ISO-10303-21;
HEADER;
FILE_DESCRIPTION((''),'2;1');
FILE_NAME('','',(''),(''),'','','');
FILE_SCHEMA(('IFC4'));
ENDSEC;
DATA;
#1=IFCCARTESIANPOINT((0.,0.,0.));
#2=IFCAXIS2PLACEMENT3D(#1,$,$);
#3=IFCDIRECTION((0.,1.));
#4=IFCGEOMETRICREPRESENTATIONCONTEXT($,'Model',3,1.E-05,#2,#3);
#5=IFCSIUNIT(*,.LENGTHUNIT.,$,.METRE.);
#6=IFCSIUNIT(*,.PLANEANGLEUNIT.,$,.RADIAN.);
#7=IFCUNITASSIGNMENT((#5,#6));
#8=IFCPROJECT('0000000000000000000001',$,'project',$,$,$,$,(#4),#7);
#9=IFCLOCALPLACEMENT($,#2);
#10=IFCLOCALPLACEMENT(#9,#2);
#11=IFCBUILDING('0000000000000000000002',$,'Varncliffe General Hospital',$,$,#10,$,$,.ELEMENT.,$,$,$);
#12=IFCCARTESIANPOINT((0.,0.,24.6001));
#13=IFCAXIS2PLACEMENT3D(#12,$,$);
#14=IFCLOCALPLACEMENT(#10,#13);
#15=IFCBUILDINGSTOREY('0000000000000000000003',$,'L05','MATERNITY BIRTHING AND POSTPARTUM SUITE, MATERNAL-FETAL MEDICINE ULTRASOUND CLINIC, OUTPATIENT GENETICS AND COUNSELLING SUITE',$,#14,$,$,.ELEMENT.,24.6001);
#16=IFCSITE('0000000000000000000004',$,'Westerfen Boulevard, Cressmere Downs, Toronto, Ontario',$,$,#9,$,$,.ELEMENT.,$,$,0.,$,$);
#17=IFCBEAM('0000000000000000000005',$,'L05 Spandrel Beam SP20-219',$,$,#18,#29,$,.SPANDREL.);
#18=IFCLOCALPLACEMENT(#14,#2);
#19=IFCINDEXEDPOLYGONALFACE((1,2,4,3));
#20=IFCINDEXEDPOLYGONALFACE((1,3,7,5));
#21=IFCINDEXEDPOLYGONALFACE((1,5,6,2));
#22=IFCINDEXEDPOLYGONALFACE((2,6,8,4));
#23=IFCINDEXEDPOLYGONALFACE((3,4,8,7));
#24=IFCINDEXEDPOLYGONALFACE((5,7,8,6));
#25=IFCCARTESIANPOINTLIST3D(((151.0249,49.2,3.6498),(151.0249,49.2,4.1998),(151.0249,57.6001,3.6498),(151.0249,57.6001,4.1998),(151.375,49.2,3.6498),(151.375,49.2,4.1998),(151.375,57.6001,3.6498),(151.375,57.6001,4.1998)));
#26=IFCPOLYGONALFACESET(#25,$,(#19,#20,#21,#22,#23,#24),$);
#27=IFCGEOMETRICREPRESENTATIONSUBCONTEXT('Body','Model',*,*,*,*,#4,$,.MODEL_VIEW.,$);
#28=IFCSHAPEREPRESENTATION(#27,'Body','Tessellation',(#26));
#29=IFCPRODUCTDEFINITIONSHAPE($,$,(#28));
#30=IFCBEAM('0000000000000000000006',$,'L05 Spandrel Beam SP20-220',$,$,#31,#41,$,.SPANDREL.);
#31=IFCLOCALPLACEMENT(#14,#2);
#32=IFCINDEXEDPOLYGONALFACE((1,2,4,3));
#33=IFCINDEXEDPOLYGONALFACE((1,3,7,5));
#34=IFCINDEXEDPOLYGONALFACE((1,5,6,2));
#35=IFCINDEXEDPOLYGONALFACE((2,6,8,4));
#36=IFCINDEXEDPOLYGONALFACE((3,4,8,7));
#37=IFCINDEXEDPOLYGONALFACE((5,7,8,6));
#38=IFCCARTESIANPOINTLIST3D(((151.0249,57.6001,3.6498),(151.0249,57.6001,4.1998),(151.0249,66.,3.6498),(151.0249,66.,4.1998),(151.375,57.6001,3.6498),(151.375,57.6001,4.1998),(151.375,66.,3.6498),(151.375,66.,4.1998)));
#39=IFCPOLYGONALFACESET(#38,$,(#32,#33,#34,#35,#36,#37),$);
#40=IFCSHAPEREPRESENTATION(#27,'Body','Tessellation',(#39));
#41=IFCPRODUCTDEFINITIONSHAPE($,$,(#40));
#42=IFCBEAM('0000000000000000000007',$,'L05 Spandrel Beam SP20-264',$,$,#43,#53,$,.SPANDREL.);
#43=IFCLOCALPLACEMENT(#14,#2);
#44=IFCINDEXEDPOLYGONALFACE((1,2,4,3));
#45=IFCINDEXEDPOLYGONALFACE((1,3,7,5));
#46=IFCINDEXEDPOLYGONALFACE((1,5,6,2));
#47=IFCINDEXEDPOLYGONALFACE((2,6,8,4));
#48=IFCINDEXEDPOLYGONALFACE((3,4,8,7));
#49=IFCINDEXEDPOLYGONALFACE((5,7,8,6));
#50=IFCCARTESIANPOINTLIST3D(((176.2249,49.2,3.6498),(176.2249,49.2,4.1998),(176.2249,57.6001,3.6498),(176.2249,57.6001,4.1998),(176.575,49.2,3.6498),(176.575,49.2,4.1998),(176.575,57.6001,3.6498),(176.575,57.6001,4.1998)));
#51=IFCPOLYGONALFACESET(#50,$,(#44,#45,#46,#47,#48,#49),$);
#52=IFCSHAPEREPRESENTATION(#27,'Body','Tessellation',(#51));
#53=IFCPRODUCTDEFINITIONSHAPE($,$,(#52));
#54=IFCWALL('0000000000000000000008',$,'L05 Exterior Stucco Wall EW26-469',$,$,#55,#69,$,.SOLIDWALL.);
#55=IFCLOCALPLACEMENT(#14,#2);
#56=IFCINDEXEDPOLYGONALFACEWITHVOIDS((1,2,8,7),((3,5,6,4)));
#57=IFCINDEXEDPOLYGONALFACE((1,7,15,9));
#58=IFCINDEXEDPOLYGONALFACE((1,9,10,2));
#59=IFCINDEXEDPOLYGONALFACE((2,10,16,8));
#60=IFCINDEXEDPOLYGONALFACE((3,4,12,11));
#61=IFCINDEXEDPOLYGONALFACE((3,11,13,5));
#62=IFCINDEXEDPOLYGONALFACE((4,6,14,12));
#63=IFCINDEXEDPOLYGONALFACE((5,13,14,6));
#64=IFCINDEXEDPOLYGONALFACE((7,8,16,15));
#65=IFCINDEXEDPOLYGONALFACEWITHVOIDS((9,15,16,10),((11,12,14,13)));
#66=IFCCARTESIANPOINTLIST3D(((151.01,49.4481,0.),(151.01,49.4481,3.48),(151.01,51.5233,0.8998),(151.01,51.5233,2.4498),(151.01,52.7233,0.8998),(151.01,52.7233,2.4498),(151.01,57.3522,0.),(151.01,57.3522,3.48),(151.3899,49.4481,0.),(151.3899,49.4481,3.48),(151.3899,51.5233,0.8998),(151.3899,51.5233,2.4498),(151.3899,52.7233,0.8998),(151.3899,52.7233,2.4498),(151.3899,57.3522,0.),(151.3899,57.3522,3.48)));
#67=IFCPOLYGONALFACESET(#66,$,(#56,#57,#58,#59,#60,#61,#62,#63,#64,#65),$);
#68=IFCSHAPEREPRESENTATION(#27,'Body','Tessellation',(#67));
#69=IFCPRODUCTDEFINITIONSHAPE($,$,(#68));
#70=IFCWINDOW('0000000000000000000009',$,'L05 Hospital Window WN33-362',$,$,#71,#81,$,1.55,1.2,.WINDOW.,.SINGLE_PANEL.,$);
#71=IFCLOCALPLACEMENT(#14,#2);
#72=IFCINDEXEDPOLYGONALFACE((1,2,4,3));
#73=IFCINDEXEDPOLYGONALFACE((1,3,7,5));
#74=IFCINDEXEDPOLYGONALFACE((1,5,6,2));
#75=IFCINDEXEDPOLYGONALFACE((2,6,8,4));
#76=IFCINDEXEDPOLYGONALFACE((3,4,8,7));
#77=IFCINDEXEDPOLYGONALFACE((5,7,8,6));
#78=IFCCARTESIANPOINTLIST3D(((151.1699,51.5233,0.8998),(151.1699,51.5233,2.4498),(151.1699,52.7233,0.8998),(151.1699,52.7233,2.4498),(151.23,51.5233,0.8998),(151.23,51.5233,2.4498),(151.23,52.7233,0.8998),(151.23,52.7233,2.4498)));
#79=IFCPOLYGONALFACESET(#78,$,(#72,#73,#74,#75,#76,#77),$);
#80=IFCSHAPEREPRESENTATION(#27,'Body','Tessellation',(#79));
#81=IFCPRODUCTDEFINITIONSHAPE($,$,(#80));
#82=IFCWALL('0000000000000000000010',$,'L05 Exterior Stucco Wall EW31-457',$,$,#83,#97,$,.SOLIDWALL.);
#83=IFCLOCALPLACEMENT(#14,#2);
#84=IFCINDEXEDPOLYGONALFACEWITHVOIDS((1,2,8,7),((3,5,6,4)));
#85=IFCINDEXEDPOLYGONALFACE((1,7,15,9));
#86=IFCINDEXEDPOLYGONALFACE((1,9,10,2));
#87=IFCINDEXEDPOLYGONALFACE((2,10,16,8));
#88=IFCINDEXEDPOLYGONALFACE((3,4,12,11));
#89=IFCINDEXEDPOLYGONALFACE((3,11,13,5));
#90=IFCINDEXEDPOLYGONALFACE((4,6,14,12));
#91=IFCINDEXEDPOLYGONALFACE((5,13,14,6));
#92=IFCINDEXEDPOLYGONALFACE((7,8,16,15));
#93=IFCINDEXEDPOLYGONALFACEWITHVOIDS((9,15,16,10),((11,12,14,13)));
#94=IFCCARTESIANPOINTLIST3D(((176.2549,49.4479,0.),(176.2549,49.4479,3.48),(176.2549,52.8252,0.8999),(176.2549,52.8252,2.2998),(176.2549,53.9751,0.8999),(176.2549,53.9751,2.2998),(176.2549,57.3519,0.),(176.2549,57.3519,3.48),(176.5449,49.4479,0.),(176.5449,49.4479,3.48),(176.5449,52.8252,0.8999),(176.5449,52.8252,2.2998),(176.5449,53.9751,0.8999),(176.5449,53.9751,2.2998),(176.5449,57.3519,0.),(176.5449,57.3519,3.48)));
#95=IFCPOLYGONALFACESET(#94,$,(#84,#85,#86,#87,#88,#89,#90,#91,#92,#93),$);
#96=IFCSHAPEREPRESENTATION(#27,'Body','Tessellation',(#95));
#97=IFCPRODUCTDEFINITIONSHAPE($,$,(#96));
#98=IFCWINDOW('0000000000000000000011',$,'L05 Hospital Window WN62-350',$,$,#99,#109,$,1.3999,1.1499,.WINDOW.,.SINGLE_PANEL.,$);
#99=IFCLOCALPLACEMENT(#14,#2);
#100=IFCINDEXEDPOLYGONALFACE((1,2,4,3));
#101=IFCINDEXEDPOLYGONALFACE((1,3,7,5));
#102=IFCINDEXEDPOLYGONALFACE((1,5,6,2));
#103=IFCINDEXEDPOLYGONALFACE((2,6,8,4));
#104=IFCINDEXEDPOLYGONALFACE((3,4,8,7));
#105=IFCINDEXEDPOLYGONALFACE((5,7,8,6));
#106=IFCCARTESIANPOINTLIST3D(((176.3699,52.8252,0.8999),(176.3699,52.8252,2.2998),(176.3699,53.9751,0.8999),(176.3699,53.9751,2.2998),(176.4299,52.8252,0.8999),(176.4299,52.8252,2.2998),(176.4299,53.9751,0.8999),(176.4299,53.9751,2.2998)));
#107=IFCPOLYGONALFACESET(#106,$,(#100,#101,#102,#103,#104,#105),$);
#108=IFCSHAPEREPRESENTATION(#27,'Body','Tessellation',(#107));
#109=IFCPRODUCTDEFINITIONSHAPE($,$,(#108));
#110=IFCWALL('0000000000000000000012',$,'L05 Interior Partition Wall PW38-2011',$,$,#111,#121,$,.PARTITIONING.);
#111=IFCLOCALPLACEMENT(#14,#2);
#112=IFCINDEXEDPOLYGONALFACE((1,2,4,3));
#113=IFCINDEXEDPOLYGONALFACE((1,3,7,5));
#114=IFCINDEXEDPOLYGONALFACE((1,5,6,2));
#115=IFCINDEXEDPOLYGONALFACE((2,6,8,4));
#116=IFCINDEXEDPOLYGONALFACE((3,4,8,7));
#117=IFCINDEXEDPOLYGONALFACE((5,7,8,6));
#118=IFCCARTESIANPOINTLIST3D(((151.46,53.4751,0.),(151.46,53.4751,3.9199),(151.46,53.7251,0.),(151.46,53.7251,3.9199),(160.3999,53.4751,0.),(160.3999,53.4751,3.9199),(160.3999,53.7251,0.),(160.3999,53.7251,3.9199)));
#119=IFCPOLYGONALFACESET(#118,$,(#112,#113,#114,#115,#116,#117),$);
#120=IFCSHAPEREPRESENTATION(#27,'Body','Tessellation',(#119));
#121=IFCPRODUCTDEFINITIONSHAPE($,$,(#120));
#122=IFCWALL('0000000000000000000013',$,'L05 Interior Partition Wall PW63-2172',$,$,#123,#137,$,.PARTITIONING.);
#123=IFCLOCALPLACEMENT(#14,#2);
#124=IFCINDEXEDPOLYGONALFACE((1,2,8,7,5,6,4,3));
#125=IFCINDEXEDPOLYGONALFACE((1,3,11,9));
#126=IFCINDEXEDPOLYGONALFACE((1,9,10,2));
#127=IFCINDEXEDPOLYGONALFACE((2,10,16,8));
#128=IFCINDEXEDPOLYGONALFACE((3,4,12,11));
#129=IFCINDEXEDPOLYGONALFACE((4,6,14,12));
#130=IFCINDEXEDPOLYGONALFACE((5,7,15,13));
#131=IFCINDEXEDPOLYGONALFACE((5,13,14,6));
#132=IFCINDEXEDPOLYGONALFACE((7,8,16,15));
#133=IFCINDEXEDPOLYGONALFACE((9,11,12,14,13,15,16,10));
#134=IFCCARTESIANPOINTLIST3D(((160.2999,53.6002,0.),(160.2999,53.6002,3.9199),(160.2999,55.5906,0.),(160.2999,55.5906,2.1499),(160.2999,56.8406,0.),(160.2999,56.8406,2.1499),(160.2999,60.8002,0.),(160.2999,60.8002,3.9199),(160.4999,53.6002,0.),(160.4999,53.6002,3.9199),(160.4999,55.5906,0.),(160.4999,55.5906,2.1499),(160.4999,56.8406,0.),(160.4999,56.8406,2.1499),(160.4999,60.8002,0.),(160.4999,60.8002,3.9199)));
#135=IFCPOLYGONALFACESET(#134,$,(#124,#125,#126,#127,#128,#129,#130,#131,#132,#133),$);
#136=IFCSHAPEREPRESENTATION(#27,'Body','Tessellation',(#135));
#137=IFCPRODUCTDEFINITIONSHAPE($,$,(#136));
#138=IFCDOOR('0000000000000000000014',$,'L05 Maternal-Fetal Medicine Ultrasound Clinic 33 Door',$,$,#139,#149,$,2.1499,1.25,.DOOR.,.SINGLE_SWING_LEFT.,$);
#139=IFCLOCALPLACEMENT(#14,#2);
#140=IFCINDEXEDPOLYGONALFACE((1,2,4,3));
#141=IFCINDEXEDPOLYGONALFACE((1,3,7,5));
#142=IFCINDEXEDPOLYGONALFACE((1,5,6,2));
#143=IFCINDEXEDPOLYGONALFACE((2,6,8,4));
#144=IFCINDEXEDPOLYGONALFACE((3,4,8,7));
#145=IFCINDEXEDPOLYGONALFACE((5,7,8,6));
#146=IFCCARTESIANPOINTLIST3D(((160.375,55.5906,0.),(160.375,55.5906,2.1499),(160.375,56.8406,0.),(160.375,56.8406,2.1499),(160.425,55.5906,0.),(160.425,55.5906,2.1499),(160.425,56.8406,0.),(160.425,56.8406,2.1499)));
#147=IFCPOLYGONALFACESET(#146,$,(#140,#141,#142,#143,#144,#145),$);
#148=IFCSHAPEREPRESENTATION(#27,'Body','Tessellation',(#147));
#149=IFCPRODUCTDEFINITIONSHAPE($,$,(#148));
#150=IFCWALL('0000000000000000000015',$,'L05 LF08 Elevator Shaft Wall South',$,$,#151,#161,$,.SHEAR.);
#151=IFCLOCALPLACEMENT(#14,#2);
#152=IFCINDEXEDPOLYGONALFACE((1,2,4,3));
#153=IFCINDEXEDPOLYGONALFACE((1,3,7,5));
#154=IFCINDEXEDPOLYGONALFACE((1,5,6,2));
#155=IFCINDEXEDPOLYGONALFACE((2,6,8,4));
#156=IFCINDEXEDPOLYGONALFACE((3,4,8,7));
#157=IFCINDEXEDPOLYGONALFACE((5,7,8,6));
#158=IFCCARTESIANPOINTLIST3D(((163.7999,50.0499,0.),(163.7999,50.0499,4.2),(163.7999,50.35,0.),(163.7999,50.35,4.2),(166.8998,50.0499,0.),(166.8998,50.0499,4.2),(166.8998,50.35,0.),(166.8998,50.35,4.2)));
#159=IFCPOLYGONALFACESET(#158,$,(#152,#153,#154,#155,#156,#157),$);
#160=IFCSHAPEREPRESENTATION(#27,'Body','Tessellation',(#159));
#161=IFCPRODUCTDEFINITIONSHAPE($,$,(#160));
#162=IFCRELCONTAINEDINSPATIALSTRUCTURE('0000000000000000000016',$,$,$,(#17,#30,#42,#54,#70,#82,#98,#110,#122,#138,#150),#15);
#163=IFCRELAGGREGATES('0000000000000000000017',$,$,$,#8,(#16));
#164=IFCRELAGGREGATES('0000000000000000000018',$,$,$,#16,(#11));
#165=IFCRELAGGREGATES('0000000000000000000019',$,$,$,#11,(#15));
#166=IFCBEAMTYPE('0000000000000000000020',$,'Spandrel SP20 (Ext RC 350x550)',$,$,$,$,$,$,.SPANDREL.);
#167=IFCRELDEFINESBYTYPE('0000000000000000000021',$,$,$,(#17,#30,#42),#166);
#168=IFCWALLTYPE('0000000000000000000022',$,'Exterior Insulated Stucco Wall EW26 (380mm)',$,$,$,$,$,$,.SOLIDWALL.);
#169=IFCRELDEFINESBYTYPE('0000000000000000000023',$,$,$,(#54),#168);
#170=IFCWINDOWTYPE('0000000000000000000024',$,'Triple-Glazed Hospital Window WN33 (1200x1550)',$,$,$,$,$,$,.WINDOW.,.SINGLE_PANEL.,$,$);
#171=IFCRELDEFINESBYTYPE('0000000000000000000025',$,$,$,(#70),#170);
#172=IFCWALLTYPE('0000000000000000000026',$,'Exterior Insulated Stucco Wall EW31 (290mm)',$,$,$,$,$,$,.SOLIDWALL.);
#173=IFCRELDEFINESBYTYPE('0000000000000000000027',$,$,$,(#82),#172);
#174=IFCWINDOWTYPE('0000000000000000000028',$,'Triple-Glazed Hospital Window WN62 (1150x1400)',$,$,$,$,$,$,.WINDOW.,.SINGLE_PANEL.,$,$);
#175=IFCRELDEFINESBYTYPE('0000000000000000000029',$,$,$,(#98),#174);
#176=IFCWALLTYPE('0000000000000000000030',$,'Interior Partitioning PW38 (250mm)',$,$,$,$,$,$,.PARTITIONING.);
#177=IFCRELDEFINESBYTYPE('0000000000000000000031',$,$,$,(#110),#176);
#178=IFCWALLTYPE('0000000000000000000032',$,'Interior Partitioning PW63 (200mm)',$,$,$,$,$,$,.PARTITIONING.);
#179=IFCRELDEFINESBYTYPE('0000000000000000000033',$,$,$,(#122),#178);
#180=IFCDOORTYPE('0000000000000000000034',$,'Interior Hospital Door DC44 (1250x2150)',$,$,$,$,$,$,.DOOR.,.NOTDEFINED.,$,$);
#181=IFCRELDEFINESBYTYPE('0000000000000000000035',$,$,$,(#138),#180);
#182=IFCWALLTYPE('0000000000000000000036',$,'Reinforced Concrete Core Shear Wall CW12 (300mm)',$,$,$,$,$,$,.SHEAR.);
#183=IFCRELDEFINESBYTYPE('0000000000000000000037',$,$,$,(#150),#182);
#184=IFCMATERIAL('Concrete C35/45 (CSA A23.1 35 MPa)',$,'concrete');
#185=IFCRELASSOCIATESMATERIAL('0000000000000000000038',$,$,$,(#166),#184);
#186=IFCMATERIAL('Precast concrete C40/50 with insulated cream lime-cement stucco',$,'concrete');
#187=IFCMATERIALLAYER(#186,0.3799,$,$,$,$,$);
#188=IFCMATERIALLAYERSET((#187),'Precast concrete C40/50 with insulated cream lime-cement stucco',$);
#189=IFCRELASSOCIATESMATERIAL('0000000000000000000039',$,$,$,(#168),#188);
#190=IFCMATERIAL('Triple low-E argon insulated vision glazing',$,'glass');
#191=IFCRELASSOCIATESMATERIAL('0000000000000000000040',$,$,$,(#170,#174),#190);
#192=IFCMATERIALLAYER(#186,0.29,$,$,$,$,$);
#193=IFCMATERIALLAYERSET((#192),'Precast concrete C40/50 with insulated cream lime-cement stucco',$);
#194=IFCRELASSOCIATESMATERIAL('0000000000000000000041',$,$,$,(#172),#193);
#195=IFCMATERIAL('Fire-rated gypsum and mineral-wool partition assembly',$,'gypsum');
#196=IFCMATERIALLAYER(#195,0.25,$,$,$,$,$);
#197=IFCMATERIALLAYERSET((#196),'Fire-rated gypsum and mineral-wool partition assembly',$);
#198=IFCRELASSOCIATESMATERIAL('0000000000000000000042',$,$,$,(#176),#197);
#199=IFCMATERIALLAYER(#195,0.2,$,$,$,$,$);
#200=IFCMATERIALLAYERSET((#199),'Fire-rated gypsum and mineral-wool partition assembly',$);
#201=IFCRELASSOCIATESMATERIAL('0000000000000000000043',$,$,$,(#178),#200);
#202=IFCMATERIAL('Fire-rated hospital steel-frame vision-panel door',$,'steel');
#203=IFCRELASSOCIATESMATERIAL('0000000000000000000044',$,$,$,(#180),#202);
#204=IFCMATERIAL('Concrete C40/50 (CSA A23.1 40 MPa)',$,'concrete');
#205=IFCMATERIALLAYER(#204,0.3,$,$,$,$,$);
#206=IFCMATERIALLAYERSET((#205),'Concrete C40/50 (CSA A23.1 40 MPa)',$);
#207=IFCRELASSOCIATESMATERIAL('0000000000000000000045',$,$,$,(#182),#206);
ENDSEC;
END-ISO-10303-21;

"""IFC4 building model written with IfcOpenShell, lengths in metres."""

from ifc_helpers import new_model, si_unit, direction, frame, frame_2d, origin, origin_2d, place, context, subcontext, project, spatial, rectangle, extrude, material, layer, layer_set, material_profile, profile_set, type_object, element, fill, save


model = new_model("IFC4")

# Units and contexts
model_context = context("Model", 3, precision=1e-05, world=origin(), true_north=direction((0.0, 1.0)))
body_context = subcontext(model_context, "Body", "Model", "MODEL_VIEW")
ifc_project = project(units=[si_unit("LENGTHUNIT", "METRE"), si_unit("PLANEANGLEUNIT", "RADIAN")], contexts=[model_context])

# Site, building, storey
site_placement = place(None, origin())
site = spatial("IfcSite", under=ifc_project, at=site_placement, Name="Westerfen Boulevard, Cressmere Downs, Toronto, Ontario", CompositionType="ELEMENT", RefElevation=0.0)
building_placement = place(site_placement, origin())
building = spatial("IfcBuilding", under=site, at=building_placement, Name="Varncliffe General Hospital", CompositionType="ELEMENT")
storey_placement = place(building_placement, frame((0.0, 0.0, 24.6001)))
storey = spatial("IfcBuildingStorey", under=building, at=storey_placement, Name="L05", Description="MATERNITY BIRTHING AND POSTPARTUM SUITE, MATERNAL-FETAL MEDICINE ULTRASOUND CLINIC, OUTPATIENT GENETICS AND COUNSELLING SUITE", CompositionType="ELEMENT", Elevation=24.6001)

# Shared definitions
ifc_material_1 = material(Name="Concrete C40/50 (CSA A23.1 40 MPa)", Category="concrete")

# Beams
ifc_material_2 = material(Name="Concrete C35/45 (CSA A23.1 35 MPa)", Category="concrete")
ifc_material_profile_1 = material_profile(ifc_material_2, rectangle(XDim=0.3501, YDim=0.55, at=origin_2d()), Name="RC 350x550")
ifc_profile_set_1 = profile_set([ifc_material_profile_1], Name="Concrete C35/45 (CSA A23.1 35 MPa)")
beam_type_1 = type_object("IfcBeamType", Name="Spandrel SP20 (Ext RC 350x550)", PredefinedType="SPANDREL", material=ifc_profile_set_1)
beam_1_placement = place(storey_placement, frame((151.2, 49.2, 3.9248), z_axis=(0.0, 1.0, 0.0), x_axis=(-1.0, 0.0, 0.0)))
element("IfcBeam", 1, at=beam_1_placement, inside=storey, type_object=beam_type_1, Name="L05 Spandrel Beam SP20-219", PredefinedType="SPANDREL", context=body_context, shape_type="SweptSolid", body=[
    extrude(rectangle(XDim=0.3501, YDim=0.55, at=origin_2d()), origin(), (0.0, 0.0, 1.0), 8.4001),
])
beam_2_placement = place(storey_placement, frame((151.2, 57.6001, 3.9248), z_axis=(0.0, 1.0, 0.0), x_axis=(-1.0, 0.0, 0.0)))
element("IfcBeam", 2, at=beam_2_placement, inside=storey, type_object=beam_type_1, Name="L05 Spandrel Beam SP20-220", PredefinedType="SPANDREL", context=body_context, shape_type="SweptSolid", body=[
    extrude(rectangle(XDim=0.3501, YDim=0.55, at=origin_2d()), origin(), (0.0, 0.0, 1.0), 8.3999),
])
beam_3_placement = place(storey_placement, frame((176.3999, 49.2, 3.9248), z_axis=(0.0, 1.0, 0.0), x_axis=(-1.0, 0.0, 0.0)))
element("IfcBeam", 3, at=beam_3_placement, inside=storey, type_object=beam_type_1, Name="L05 Spandrel Beam SP20-264", PredefinedType="SPANDREL", context=body_context, shape_type="SweptSolid", body=[
    extrude(rectangle(XDim=0.3501, YDim=0.55, at=origin_2d()), origin(), (0.0, 0.0, 1.0), 8.4001),
])

# Walls, openings, windows
ifc_material_3 = material(Name="Precast concrete C40/50 with insulated cream lime-cement stucco", Category="concrete")
ifc_layer_1 = layer(ifc_material_3, 0.3799)
ifc_layer_set_1 = layer_set([ifc_layer_1], Name="Precast concrete C40/50 with insulated cream lime-cement stucco")
wall_type_1 = type_object("IfcWallType", Name="Exterior Insulated Stucco Wall EW26 (380mm)", PredefinedType="SOLIDWALL", material=ifc_layer_set_1)
wall_1_placement = place(storey_placement, frame((151.2, 49.448, 0.0), z_axis=(0.0, 0.0, 1.0), x_axis=(0.0, 1.0, 0.0)))
wall_1 = element("IfcWall", 4, at=wall_1_placement, inside=storey, type_object=wall_type_1, Name="L05 Exterior Stucco Wall EW26-469", PredefinedType="SOLIDWALL", context=body_context, shape_type="SweptSolid", body=[
    extrude(rectangle(XDim=7.9041, YDim=0.3799, at=frame_2d((3.9521, 0.0))), origin(), (0.0, 0.0, 1.0), 3.48),
])
opening_1_placement = place(wall_1_placement, frame((2.0752, 0.0, 0.8999)))
opening_1 = element("IfcOpeningElement", 5, at=opening_1_placement, cuts=wall_1, PredefinedType="OPENING", context=body_context, shape_type="SweptSolid", body=[
    extrude(rectangle(XDim=1.2, YDim=1.55, at=frame_2d((0.6001, 0.7749))), frame((0.0, 0.2, 0.0), z_axis=(0.0, -1.0, 0.0), x_axis=(1.0, 0.0, 0.0)), (0.0, 0.0, 1.0), 0.3999),
])
ifc_material_4 = material(Name="Triple low-E argon insulated vision glazing", Category="glass")
window_type_1 = type_object("IfcWindowType", Name="Triple-Glazed Hospital Window WN33 (1200x1550)", PartitioningType="SINGLE_PANEL", PredefinedType="WINDOW", material=ifc_material_4)
window_1_placement = place(opening_1_placement, origin())
window_1 = element("IfcWindow", 6, at=window_1_placement, inside=storey, type_object=window_type_1, Name="L05 Hospital Window WN33-362", OverallHeight=1.55, OverallWidth=1.2, PartitioningType="SINGLE_PANEL", PredefinedType="WINDOW", context=body_context, shape_type="SweptSolid", body=[
    extrude(rectangle(XDim=1.2, YDim=1.55, at=frame_2d((0.6001, 0.7749))), frame((0.0, 0.03, 0.0), z_axis=(0.0, -1.0, 0.0), x_axis=(1.0, 0.0, 0.0)), (0.0, 0.0, 1.0), 0.0601),
])
fill(opening_1, window_1)
ifc_layer_2 = layer(ifc_material_3, 0.29)
ifc_layer_set_2 = layer_set([ifc_layer_2], Name="Precast concrete C40/50 with insulated cream lime-cement stucco")
wall_type_2 = type_object("IfcWallType", Name="Exterior Insulated Stucco Wall EW31 (290mm)", PredefinedType="SOLIDWALL", material=ifc_layer_set_2)
wall_2_placement = place(storey_placement, frame((176.3999, 57.3521, 0.0), z_axis=(0.0, 0.0, 1.0), x_axis=(0.0, -1.0, 0.0)))
wall_2 = element("IfcWall", 7, at=wall_2_placement, inside=storey, type_object=wall_type_2, Name="L05 Exterior Stucco Wall EW31-457", PredefinedType="SOLIDWALL", context=body_context, shape_type="SweptSolid", body=[
    extrude(rectangle(XDim=7.9041, YDim=0.29, at=frame_2d((3.9521, 0.0))), origin(), (0.0, 0.0, 1.0), 3.48),
])
opening_2_placement = place(wall_2_placement, frame((3.377, 0.0, 0.8999)))
opening_2 = element("IfcOpeningElement", 8, at=opening_2_placement, cuts=wall_2, PredefinedType="OPENING", context=body_context, shape_type="SweptSolid", body=[
    extrude(rectangle(XDim=1.1499, YDim=1.3999, at=frame_2d((0.575, 0.7))), frame((0.0, 0.155, 0.0), z_axis=(0.0, -1.0, 0.0), x_axis=(1.0, 0.0, 0.0)), (0.0, 0.0, 1.0), 0.3101),
])
window_type_2 = type_object("IfcWindowType", Name="Triple-Glazed Hospital Window WN62 (1150x1400)", PartitioningType="SINGLE_PANEL", PredefinedType="WINDOW", material=ifc_material_4)
window_2_placement = place(opening_2_placement, origin())
window_2 = element("IfcWindow", 9, at=window_2_placement, inside=storey, type_object=window_type_2, Name="L05 Hospital Window WN62-350", OverallHeight=1.3999, OverallWidth=1.1499, PartitioningType="SINGLE_PANEL", PredefinedType="WINDOW", context=body_context, shape_type="SweptSolid", body=[
    extrude(rectangle(XDim=1.1499, YDim=1.3999, at=frame_2d((0.575, 0.7))), frame((0.0, 0.03, 0.0), z_axis=(0.0, -1.0, 0.0), x_axis=(1.0, 0.0, 0.0)), (0.0, 0.0, 1.0), 0.0601),
])
fill(opening_2, window_2)

# Wall
ifc_material_5 = material(Name="Fire-rated gypsum and mineral-wool partition assembly", Category="gypsum")
ifc_layer_3 = layer(ifc_material_5, 0.25)
ifc_layer_set_3 = layer_set([ifc_layer_3], Name="Fire-rated gypsum and mineral-wool partition assembly")
wall_type_3 = type_object("IfcWallType", Name="Interior Partitioning PW38 (250mm)", PredefinedType="PARTITIONING", material=ifc_layer_set_3)
wall_3_placement = place(storey_placement, frame((151.46, 53.6001, 0.0), z_axis=(0.0, 0.0, 1.0), x_axis=(1.0, 0.0, 0.0)))
element("IfcWall", 10, at=wall_3_placement, inside=storey, type_object=wall_type_3, Name="L05 Interior Partition Wall PW38-2011", PredefinedType="PARTITIONING", context=body_context, shape_type="SweptSolid", body=[
    extrude(rectangle(XDim=8.9399, YDim=0.25, at=frame_2d((4.47, 0.0))), origin(), (0.0, 0.0, 1.0), 3.9199),
])

# Wall, opening, door
ifc_layer_4 = layer(ifc_material_5, 0.2)
ifc_layer_set_4 = layer_set([ifc_layer_4], Name="Fire-rated gypsum and mineral-wool partition assembly")
wall_type_4 = type_object("IfcWallType", Name="Interior Partitioning PW63 (200mm)", PredefinedType="PARTITIONING", material=ifc_layer_set_4)
wall_4_placement = place(storey_placement, frame((160.3999, 53.6001, 0.0), z_axis=(0.0, 0.0, 1.0), x_axis=(0.0, 1.0, 0.0)))
wall_4 = element("IfcWall", 11, at=wall_4_placement, inside=storey, type_object=wall_type_4, Name="L05 Interior Partition Wall PW63-2172", PredefinedType="PARTITIONING", context=body_context, shape_type="SweptSolid", body=[
    extrude(rectangle(XDim=7.2, YDim=0.2, at=frame_2d((3.6001, 0.0))), origin(), (0.0, 0.0, 1.0), 3.9199),
])
opening_3_placement = place(wall_4_placement, frame((1.9905, 0.0, 0.0)))
opening_3 = element("IfcOpeningElement", 12, at=opening_3_placement, cuts=wall_4, PredefinedType="OPENING", context=body_context, shape_type="SweptSolid", body=[
    extrude(rectangle(XDim=1.25, YDim=2.1499, at=frame_2d((0.625, 1.075))), frame((0.0, 0.1099, 0.0), z_axis=(0.0, -1.0, 0.0), x_axis=(1.0, 0.0, 0.0)), (0.0, 0.0, 1.0), 0.22),
])
ifc_material_6 = material(Name="Fire-rated hospital steel-frame vision-panel door", Category="steel")
door_type_1 = type_object("IfcDoorType", Name="Interior Hospital Door DC44 (1250x2150)", OperationType="NOTDEFINED", PredefinedType="DOOR", material=ifc_material_6)
door_1_placement = place(opening_3_placement, origin())
door_1 = element("IfcDoor", 13, at=door_1_placement, inside=storey, type_object=door_type_1, Name="L05 Maternal-Fetal Medicine Ultrasound Clinic 33 Door", OperationType="SINGLE_SWING_LEFT", OverallHeight=2.1499, OverallWidth=1.25, PredefinedType="DOOR", context=body_context, shape_type="SweptSolid", body=[
    extrude(rectangle(XDim=1.25, YDim=2.1499, at=frame_2d((0.625, 1.075))), frame((0.0, 0.0249, 0.0), z_axis=(0.0, -1.0, 0.0), x_axis=(1.0, 0.0, 0.0)), (0.0, 0.0, 1.0), 0.05),
])
fill(opening_3, door_1)

# Wall
ifc_layer_5 = layer(ifc_material_1, 0.3)
ifc_layer_set_5 = layer_set([ifc_layer_5], Name="Concrete C40/50 (CSA A23.1 40 MPa)")
wall_type_5 = type_object("IfcWallType", Name="Reinforced Concrete Core Shear Wall CW12 (300mm)", PredefinedType="SHEAR", material=ifc_layer_set_5)
wall_5_placement = place(storey_placement, frame((163.8, 50.2, 0.0), z_axis=(0.0, 0.0, 1.0), x_axis=(1.0, 0.0, 0.0)))
element("IfcWall", 14, at=wall_5_placement, inside=storey, type_object=wall_type_5, Name="L05 LF08 Elevator Shaft Wall South", PredefinedType="SHEAR", context=body_context, shape_type="SweptSolid", body=[
    extrude(rectangle(XDim=3.0999, YDim=0.3, at=frame_2d((1.5498, 0.0))), origin(), (0.0, 0.0, 1.0), 4.2),
])

save(model, "model.ifc")
